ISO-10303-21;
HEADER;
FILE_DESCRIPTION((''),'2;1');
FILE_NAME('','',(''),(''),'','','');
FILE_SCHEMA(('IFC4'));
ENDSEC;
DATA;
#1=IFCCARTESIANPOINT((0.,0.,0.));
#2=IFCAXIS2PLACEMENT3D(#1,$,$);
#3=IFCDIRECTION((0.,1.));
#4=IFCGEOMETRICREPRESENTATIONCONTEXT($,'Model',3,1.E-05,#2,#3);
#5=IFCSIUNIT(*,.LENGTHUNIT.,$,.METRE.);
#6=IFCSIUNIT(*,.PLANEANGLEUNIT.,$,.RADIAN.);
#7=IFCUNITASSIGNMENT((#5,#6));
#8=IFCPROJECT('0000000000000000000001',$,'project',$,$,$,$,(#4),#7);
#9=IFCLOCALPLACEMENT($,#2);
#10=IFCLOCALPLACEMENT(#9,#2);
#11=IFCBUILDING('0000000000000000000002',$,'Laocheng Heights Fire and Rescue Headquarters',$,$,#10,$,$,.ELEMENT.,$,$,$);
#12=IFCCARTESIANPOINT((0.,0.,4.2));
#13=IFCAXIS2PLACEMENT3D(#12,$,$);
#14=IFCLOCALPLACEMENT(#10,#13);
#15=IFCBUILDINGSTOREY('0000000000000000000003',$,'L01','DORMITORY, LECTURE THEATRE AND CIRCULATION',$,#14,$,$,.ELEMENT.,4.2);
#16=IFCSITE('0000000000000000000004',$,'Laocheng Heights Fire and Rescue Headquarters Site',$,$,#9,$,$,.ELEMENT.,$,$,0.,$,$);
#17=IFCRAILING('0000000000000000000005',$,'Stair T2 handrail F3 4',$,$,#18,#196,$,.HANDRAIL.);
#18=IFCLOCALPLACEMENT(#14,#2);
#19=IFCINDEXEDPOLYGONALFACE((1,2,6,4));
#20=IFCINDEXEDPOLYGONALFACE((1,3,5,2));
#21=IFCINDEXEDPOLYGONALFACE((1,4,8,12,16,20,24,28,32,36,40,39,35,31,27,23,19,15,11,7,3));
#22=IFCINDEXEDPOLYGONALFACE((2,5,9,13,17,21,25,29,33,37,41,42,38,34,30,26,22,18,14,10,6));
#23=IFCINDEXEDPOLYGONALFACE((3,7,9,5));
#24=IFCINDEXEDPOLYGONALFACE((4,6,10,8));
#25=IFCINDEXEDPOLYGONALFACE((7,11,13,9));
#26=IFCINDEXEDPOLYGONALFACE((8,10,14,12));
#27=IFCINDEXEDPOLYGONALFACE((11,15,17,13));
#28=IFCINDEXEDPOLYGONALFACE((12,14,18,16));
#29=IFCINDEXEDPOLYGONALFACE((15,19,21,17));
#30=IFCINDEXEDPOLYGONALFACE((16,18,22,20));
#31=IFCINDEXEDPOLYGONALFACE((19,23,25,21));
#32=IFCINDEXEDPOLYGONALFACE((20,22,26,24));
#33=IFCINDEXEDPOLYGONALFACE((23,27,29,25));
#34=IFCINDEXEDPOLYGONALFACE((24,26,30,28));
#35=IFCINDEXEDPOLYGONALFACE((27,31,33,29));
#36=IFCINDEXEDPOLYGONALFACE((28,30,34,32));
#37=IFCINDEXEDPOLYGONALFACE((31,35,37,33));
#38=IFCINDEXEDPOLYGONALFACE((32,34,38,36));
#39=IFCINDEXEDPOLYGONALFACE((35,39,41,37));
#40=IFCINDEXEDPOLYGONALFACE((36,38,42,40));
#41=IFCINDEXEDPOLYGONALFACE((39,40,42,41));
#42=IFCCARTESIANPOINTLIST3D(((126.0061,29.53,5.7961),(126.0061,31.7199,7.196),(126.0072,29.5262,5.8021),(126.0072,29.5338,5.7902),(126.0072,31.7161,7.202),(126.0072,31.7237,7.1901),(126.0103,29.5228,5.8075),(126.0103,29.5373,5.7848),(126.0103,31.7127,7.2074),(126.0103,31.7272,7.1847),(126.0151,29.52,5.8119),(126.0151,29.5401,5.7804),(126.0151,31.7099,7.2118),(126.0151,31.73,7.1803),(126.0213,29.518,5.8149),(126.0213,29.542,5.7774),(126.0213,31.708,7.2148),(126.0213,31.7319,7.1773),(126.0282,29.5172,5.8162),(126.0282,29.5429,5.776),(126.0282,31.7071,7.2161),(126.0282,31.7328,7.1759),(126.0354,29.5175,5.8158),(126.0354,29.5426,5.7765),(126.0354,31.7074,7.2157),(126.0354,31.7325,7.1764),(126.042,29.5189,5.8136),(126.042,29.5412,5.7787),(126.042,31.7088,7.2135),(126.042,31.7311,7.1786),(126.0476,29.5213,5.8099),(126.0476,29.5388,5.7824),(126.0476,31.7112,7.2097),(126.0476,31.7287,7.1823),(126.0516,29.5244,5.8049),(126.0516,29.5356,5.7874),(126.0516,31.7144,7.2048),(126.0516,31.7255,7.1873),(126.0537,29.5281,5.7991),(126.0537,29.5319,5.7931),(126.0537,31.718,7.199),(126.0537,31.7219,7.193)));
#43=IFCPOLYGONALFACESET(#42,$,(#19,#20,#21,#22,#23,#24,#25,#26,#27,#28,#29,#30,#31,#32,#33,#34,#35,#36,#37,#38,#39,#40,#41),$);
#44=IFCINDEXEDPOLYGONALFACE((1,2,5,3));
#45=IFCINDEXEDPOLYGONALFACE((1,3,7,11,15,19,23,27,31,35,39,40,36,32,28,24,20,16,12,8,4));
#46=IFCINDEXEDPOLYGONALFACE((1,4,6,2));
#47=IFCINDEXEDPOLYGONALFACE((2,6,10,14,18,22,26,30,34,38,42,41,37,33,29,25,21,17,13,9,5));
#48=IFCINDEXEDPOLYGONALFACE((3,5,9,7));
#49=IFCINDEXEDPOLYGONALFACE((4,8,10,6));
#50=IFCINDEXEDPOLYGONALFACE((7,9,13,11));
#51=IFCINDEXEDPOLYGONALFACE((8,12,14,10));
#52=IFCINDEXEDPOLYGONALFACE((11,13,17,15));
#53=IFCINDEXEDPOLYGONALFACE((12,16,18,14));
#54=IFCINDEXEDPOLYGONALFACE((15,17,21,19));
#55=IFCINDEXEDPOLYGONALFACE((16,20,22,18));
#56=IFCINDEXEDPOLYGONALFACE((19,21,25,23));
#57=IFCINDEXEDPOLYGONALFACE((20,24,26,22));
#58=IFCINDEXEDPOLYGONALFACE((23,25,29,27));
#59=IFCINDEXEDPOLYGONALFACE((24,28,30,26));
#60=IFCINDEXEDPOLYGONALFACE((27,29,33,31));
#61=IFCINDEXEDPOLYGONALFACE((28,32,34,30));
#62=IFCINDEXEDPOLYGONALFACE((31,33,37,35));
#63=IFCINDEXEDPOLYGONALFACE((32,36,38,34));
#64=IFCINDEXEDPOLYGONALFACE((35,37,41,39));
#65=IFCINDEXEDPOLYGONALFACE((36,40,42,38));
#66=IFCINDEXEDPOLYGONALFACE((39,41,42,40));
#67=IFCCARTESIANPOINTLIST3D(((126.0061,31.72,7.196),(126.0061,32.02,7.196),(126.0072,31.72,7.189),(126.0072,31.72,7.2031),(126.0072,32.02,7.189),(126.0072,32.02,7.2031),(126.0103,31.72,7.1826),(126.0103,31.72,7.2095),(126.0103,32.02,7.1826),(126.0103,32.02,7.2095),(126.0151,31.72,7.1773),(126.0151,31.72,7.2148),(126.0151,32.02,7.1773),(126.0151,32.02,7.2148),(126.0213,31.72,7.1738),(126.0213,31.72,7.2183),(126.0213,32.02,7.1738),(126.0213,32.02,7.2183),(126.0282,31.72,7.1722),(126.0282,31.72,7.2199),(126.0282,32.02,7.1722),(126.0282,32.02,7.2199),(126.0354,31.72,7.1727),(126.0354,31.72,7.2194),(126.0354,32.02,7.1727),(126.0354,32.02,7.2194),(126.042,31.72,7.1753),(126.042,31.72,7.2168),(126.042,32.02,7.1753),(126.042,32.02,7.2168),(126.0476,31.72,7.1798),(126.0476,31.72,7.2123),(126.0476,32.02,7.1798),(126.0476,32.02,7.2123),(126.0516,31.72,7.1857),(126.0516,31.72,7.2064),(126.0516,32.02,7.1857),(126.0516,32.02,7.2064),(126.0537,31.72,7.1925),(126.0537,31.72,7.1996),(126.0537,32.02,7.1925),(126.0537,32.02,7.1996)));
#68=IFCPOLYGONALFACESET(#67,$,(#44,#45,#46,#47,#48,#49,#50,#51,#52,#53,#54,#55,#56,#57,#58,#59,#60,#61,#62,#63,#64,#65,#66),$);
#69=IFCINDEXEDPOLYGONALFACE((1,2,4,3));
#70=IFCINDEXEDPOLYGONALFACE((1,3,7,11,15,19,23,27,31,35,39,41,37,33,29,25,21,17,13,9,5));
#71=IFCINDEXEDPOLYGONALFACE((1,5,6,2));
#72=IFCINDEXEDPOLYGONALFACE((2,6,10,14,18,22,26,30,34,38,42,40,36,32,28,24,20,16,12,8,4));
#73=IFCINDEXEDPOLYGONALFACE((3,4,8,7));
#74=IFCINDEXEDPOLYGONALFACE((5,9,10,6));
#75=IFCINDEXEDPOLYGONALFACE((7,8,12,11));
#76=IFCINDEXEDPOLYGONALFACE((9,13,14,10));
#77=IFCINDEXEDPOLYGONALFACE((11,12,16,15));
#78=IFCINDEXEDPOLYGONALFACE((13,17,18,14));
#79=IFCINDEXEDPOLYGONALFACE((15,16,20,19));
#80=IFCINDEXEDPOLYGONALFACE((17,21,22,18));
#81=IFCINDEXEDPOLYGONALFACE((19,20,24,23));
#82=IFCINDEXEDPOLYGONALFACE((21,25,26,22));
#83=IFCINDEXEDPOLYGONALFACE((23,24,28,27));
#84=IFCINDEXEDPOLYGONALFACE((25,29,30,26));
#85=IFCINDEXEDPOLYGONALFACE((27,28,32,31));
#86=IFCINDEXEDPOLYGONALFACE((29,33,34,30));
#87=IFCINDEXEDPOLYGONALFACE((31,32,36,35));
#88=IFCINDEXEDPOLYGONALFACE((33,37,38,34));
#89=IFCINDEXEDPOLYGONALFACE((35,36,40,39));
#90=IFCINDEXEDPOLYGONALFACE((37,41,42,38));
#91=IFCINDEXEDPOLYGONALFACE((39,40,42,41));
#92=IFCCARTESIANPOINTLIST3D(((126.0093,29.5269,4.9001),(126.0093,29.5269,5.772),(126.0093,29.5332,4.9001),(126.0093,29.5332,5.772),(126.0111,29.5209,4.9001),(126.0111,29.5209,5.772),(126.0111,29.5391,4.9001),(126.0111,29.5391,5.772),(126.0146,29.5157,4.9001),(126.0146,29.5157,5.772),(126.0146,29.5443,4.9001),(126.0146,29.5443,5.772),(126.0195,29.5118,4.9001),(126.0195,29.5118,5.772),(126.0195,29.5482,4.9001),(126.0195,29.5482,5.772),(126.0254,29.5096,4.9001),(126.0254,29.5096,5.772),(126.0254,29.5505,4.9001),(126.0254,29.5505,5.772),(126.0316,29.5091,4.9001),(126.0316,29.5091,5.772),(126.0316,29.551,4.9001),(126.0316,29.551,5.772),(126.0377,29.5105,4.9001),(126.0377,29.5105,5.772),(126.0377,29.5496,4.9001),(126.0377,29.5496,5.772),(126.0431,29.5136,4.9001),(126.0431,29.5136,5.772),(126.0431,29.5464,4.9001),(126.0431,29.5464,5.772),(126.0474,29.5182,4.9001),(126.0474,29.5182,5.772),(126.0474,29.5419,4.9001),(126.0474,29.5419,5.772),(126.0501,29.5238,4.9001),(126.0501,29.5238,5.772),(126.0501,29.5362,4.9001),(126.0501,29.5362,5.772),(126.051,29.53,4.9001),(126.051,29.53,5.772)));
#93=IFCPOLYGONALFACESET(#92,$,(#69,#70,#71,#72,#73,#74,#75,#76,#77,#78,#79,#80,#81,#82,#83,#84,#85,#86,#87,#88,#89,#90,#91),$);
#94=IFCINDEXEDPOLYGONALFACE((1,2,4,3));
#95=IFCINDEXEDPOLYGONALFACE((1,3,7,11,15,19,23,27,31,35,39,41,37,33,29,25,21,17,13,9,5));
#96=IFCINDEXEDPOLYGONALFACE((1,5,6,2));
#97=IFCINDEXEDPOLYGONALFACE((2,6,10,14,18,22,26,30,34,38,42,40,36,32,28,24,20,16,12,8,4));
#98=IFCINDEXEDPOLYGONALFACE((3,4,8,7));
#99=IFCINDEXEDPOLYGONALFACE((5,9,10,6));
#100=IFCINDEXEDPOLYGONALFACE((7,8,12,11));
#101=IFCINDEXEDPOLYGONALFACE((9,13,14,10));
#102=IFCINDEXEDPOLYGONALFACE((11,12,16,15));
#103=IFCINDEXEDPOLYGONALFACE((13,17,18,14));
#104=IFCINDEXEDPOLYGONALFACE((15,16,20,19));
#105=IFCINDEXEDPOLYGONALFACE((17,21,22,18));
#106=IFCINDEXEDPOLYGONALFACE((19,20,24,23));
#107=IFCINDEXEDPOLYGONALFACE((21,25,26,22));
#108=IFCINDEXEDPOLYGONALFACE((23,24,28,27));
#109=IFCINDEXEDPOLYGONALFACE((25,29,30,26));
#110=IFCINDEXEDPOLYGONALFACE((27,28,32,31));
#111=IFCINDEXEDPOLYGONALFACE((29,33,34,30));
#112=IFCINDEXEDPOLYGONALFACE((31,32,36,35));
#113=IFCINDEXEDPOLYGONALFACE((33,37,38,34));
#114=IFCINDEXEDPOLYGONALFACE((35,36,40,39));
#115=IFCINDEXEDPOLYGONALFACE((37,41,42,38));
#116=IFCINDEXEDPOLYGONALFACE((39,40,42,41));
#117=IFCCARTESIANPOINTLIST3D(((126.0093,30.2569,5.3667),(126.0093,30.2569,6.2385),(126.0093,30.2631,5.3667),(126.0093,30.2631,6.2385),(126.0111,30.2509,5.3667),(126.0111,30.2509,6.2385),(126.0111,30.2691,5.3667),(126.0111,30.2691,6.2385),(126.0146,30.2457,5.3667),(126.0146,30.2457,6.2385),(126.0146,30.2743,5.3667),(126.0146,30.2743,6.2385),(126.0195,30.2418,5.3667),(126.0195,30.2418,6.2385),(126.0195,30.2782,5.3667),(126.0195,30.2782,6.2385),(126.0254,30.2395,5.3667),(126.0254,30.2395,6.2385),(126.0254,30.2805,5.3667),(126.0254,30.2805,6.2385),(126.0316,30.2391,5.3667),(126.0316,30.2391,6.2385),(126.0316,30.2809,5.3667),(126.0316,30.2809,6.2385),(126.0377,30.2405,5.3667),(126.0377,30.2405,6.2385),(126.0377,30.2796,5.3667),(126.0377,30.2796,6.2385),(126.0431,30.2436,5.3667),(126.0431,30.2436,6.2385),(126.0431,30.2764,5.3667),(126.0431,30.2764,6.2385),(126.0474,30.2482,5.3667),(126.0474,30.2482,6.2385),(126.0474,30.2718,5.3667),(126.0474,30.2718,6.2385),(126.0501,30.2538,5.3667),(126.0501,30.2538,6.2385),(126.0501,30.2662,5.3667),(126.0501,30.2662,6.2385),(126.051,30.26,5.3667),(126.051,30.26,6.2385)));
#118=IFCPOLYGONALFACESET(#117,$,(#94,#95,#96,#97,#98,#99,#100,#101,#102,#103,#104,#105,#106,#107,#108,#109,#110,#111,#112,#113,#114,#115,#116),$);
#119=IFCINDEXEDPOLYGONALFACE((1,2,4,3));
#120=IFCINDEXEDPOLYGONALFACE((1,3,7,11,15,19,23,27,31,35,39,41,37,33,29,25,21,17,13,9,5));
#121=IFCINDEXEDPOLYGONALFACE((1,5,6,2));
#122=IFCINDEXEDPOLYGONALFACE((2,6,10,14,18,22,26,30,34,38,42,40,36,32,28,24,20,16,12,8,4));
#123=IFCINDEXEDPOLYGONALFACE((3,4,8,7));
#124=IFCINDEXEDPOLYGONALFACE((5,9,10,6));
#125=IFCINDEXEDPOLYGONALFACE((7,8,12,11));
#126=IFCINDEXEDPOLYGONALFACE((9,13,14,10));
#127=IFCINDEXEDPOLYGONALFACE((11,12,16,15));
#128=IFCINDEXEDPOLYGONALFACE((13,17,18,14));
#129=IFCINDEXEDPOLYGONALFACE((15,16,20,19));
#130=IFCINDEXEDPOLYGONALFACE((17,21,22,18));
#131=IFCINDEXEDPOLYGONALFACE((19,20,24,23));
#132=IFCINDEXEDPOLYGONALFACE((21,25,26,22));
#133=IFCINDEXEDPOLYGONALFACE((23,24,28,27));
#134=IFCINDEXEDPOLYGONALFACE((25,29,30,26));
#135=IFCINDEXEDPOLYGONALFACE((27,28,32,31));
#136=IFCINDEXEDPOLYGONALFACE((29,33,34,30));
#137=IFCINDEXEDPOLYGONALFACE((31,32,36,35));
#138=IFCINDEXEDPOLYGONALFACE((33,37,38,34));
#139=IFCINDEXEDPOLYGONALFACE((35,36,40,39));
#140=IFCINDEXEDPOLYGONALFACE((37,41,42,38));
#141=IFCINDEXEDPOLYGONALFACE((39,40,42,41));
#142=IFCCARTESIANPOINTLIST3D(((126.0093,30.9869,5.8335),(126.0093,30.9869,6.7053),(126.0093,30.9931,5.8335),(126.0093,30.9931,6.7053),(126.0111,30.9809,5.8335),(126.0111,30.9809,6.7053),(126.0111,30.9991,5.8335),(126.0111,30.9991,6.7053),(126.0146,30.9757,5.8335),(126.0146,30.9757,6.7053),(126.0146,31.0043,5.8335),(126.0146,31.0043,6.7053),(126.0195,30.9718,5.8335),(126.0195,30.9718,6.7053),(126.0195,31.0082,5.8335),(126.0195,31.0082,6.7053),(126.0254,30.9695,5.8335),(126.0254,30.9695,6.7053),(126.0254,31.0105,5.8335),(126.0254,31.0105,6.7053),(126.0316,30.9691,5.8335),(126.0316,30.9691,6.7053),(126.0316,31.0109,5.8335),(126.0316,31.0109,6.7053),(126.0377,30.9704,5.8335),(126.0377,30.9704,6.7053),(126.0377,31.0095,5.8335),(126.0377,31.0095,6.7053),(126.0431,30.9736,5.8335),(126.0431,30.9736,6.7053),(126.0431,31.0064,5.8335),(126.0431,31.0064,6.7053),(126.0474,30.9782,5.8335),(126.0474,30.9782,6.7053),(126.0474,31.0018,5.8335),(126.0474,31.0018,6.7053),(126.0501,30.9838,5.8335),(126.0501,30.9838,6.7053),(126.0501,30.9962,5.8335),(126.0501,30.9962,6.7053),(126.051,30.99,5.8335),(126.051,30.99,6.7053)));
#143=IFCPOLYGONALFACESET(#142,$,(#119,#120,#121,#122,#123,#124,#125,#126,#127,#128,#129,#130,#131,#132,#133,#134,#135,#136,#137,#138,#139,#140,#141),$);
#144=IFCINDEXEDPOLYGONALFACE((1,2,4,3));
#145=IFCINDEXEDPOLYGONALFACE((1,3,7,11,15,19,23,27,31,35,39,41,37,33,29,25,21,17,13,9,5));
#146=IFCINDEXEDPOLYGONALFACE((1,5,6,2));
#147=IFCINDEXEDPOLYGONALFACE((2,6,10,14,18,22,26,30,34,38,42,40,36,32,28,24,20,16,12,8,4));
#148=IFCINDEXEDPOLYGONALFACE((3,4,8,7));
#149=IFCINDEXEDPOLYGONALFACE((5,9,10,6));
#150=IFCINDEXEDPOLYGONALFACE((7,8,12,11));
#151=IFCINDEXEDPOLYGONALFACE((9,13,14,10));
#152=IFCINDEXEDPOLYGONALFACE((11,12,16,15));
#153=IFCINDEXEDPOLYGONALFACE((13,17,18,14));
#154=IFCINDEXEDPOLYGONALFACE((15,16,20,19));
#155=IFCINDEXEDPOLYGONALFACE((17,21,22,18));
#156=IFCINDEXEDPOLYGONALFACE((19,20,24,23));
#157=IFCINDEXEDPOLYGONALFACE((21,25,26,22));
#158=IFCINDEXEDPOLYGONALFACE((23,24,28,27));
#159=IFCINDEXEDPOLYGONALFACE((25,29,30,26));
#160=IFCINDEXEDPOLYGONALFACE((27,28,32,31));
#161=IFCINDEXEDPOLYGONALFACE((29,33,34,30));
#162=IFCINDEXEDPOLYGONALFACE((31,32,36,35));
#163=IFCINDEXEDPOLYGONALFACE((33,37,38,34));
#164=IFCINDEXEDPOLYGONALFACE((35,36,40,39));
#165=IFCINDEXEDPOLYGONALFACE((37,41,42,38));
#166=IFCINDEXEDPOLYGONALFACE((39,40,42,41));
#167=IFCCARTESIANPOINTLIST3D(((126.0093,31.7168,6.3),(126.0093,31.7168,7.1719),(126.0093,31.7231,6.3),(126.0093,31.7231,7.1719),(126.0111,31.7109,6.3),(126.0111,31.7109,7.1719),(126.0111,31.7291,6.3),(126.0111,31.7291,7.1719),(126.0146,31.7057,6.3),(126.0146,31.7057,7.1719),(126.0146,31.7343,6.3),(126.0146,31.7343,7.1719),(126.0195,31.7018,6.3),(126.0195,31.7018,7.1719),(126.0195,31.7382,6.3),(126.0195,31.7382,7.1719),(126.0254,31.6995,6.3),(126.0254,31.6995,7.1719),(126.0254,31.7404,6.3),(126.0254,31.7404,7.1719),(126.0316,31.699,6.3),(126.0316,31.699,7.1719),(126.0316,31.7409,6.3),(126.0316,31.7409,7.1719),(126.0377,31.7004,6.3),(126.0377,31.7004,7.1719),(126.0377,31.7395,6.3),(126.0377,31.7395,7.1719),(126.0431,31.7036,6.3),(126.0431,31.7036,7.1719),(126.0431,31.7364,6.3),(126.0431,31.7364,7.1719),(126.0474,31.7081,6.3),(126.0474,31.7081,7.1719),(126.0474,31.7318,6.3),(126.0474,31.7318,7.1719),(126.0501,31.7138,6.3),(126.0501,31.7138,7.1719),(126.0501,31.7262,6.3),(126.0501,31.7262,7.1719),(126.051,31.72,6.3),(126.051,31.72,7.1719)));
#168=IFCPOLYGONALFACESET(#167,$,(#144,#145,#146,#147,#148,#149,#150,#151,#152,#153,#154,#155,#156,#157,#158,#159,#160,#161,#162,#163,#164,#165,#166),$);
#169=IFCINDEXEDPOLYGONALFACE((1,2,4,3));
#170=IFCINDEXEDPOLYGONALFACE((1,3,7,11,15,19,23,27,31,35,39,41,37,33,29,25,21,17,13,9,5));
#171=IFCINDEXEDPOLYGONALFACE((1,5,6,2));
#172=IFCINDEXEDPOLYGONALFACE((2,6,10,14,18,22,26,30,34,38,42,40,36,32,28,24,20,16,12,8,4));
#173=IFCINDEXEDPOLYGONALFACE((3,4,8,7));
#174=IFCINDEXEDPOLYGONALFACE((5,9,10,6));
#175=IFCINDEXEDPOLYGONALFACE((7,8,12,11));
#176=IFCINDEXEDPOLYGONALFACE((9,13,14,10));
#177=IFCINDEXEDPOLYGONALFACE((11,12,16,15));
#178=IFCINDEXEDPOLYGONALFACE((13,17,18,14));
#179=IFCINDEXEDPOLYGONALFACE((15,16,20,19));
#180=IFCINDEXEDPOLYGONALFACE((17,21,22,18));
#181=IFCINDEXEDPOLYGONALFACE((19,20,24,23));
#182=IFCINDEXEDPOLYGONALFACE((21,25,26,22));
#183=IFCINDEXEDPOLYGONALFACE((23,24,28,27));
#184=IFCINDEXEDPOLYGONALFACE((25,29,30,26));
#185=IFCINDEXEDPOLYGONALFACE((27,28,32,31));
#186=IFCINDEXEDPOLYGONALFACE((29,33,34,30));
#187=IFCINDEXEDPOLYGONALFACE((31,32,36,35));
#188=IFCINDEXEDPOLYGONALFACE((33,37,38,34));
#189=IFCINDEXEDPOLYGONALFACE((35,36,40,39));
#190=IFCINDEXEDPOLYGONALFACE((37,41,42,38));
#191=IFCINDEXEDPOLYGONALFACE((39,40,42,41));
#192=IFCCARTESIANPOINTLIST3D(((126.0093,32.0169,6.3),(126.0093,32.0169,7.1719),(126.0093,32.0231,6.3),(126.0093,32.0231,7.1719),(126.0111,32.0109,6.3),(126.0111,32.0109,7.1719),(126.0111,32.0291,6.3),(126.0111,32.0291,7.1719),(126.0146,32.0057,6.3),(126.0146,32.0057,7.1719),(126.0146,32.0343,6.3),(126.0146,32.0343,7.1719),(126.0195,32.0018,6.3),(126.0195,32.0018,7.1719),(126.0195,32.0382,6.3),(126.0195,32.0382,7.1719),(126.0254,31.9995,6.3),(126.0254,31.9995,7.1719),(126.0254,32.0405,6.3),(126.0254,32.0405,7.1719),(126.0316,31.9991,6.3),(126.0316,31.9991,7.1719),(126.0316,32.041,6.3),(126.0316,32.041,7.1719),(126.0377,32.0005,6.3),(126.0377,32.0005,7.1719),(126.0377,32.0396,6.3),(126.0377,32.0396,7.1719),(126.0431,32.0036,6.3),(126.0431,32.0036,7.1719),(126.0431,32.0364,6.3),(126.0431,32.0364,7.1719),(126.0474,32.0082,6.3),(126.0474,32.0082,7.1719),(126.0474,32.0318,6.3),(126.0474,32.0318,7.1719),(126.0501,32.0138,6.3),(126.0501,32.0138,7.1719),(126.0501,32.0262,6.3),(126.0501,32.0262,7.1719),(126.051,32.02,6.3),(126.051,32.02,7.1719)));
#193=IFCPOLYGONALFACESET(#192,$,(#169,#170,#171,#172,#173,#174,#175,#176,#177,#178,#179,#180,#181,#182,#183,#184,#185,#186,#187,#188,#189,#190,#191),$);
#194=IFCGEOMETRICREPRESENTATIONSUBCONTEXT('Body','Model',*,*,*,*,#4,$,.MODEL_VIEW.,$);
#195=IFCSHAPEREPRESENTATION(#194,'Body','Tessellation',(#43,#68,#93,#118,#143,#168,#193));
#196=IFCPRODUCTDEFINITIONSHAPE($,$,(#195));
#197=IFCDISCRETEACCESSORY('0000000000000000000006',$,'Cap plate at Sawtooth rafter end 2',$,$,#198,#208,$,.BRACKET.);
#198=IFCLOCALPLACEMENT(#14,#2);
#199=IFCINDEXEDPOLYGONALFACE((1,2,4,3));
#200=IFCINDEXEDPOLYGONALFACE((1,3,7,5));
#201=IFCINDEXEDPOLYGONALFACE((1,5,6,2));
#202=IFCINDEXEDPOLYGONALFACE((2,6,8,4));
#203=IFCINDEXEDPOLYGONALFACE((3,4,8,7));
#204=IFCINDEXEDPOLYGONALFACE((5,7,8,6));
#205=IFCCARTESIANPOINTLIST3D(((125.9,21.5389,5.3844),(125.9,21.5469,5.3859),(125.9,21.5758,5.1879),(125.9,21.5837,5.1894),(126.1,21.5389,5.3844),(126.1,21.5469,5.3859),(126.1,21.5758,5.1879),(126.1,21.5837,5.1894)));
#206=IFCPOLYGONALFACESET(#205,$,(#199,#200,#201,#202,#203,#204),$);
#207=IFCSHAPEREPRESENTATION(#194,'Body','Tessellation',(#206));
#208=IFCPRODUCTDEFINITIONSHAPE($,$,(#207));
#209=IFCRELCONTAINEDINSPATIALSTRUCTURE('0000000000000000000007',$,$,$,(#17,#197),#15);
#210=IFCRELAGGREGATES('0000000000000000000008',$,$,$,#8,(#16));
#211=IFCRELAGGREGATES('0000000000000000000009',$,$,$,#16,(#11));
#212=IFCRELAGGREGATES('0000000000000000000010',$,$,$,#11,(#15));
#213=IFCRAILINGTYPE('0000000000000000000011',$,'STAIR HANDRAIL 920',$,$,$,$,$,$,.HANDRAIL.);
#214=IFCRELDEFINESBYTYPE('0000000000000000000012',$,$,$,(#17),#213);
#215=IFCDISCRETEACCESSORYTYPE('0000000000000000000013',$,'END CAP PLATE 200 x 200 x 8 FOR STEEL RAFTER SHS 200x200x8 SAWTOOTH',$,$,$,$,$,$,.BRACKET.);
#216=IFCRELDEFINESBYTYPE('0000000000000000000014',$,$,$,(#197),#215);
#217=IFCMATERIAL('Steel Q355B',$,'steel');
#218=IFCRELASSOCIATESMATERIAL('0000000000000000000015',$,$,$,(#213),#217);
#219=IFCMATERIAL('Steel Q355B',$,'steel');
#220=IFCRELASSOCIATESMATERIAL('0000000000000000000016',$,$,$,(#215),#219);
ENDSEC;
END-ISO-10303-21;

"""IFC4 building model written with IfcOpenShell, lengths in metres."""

from ifc_helpers import new_model, si_unit, direction, frame, origin, origin_2d, place, context, subcontext, project, spatial, rectangle, circle, extrude, material, material_profile, profile_set, type_object, element, save


model = new_model("IFC4")

# Units and contexts
model_context = context("Model", 3, precision=1e-05, world=origin(), true_north=direction((0.0, 1.0)))
body_context = subcontext(model_context, "Body", "Model", "MODEL_VIEW")
ifc_project = project(units=[si_unit("LENGTHUNIT", "METRE"), si_unit("PLANEANGLEUNIT", "RADIAN")], contexts=[model_context])

# Site, building, storey
site_placement = place(None, origin())
site = spatial("IfcSite", under=ifc_project, at=site_placement, Name="Laocheng Heights Fire and Rescue Headquarters Site", CompositionType="ELEMENT", RefElevation=0.0)
building_placement = place(site_placement, origin())
building = spatial("IfcBuilding", under=site, at=building_placement, Name="Laocheng Heights Fire and Rescue Headquarters", CompositionType="ELEMENT")
storey_placement = place(building_placement, frame((0.0, 0.0, 4.2)))
storey = spatial("IfcBuildingStorey", under=building, at=storey_placement, Name="L01", Description="DORMITORY, LECTURE THEATRE AND CIRCULATION", CompositionType="ELEMENT", Elevation=4.2)

# Railing
ifc_material_1 = material(Name="Steel Q355B", Category="steel")
railing_type = type_object("IfcRailingType", Name="STAIR HANDRAIL 920", PredefinedType="HANDRAIL", material=ifc_material_1)
for number, where, name in (
    (1, (126.03, 29.53, 4.9001), "Stair T2 handrail F3 4"),
):
    element("IfcRailing", number, at=place(storey_placement, frame(where)), inside=storey, type_object=railing_type, Name=name, PredefinedType="HANDRAIL", context=body_context, shape_type="SweptSolid", body=[
        extrude(circle(Radius=0.0239, at=origin_2d()), frame((0.0, 0.0, 0.896), z_axis=(0.0, 0.842561, 0.5386), x_axis=(-1.0, 0.0, 0.0)), (0.0, 0.0, 1.0), 2.5991),
        extrude(circle(Radius=0.0239, at=origin_2d()), frame((0.0, 2.1899, 2.2959), z_axis=(0.0, 1.0, 0.0), x_axis=(-1.0, 0.0, 0.0)), (0.0, 0.0, 1.0), 0.3),
        extrude(circle(Radius=0.021, at=origin_2d()), origin(), (0.0, 0.0, 1.0), 0.8718),
        extrude(circle(Radius=0.021, at=origin_2d()), frame((0.0, 0.73, 0.4666)), (0.0, 0.0, 1.0), 0.8718),
        extrude(circle(Radius=0.021, at=origin_2d()), frame((0.0, 1.46, 0.9333)), (0.0, 0.0, 1.0), 0.8718),
        extrude(circle(Radius=0.021, at=origin_2d()), frame((0.0, 2.1899, 1.3999)), (0.0, 0.0, 1.0), 0.8718),
        extrude(circle(Radius=0.021, at=origin_2d()), frame((0.0, 2.49, 1.3999)), (0.0, 0.0, 1.0), 0.8718),
    ])

# Discrete accessory
ifc_material_2 = material(Name="Steel Q355B", Category="steel")
ifc_material_profile_1 = material_profile(ifc_material_2, rectangle(XDim=0.2, YDim=0.2, at=origin_2d()), Name="END CAP PLATE 200 x 200 x 8 FOR STEEL RAFTER SHS 200x200x8 SAWTOOTH")
ifc_profile_set_1 = profile_set([ifc_material_profile_1], Name="Steel Q355B")
discrete_accessory_type = type_object("IfcDiscreteAccessoryType", Name="END CAP PLATE 200 x 200 x 8 FOR STEEL RAFTER SHS 200x200x8 SAWTOOTH", PredefinedType="BRACKET", material=ifc_profile_set_1)
discrete_accessory_placement = place(storey_placement, frame((126.0, 21.5574, 5.2861), z_axis=(0.0, 0.982872, 0.184289), x_axis=(-1.0, 0.0, 0.0)))
element("IfcDiscreteAccessory", 2, at=discrete_accessory_placement, inside=storey, type_object=discrete_accessory_type, Name="Cap plate at Sawtooth rafter end 2", PredefinedType="BRACKET", context=body_context, shape_type="SweptSolid", body=[
    extrude(rectangle(XDim=0.2, YDim=0.2, at=origin_2d()), origin(), (0.0, 0.0, 1.0), 0.0081),
])

save(model, "model.ifc")
